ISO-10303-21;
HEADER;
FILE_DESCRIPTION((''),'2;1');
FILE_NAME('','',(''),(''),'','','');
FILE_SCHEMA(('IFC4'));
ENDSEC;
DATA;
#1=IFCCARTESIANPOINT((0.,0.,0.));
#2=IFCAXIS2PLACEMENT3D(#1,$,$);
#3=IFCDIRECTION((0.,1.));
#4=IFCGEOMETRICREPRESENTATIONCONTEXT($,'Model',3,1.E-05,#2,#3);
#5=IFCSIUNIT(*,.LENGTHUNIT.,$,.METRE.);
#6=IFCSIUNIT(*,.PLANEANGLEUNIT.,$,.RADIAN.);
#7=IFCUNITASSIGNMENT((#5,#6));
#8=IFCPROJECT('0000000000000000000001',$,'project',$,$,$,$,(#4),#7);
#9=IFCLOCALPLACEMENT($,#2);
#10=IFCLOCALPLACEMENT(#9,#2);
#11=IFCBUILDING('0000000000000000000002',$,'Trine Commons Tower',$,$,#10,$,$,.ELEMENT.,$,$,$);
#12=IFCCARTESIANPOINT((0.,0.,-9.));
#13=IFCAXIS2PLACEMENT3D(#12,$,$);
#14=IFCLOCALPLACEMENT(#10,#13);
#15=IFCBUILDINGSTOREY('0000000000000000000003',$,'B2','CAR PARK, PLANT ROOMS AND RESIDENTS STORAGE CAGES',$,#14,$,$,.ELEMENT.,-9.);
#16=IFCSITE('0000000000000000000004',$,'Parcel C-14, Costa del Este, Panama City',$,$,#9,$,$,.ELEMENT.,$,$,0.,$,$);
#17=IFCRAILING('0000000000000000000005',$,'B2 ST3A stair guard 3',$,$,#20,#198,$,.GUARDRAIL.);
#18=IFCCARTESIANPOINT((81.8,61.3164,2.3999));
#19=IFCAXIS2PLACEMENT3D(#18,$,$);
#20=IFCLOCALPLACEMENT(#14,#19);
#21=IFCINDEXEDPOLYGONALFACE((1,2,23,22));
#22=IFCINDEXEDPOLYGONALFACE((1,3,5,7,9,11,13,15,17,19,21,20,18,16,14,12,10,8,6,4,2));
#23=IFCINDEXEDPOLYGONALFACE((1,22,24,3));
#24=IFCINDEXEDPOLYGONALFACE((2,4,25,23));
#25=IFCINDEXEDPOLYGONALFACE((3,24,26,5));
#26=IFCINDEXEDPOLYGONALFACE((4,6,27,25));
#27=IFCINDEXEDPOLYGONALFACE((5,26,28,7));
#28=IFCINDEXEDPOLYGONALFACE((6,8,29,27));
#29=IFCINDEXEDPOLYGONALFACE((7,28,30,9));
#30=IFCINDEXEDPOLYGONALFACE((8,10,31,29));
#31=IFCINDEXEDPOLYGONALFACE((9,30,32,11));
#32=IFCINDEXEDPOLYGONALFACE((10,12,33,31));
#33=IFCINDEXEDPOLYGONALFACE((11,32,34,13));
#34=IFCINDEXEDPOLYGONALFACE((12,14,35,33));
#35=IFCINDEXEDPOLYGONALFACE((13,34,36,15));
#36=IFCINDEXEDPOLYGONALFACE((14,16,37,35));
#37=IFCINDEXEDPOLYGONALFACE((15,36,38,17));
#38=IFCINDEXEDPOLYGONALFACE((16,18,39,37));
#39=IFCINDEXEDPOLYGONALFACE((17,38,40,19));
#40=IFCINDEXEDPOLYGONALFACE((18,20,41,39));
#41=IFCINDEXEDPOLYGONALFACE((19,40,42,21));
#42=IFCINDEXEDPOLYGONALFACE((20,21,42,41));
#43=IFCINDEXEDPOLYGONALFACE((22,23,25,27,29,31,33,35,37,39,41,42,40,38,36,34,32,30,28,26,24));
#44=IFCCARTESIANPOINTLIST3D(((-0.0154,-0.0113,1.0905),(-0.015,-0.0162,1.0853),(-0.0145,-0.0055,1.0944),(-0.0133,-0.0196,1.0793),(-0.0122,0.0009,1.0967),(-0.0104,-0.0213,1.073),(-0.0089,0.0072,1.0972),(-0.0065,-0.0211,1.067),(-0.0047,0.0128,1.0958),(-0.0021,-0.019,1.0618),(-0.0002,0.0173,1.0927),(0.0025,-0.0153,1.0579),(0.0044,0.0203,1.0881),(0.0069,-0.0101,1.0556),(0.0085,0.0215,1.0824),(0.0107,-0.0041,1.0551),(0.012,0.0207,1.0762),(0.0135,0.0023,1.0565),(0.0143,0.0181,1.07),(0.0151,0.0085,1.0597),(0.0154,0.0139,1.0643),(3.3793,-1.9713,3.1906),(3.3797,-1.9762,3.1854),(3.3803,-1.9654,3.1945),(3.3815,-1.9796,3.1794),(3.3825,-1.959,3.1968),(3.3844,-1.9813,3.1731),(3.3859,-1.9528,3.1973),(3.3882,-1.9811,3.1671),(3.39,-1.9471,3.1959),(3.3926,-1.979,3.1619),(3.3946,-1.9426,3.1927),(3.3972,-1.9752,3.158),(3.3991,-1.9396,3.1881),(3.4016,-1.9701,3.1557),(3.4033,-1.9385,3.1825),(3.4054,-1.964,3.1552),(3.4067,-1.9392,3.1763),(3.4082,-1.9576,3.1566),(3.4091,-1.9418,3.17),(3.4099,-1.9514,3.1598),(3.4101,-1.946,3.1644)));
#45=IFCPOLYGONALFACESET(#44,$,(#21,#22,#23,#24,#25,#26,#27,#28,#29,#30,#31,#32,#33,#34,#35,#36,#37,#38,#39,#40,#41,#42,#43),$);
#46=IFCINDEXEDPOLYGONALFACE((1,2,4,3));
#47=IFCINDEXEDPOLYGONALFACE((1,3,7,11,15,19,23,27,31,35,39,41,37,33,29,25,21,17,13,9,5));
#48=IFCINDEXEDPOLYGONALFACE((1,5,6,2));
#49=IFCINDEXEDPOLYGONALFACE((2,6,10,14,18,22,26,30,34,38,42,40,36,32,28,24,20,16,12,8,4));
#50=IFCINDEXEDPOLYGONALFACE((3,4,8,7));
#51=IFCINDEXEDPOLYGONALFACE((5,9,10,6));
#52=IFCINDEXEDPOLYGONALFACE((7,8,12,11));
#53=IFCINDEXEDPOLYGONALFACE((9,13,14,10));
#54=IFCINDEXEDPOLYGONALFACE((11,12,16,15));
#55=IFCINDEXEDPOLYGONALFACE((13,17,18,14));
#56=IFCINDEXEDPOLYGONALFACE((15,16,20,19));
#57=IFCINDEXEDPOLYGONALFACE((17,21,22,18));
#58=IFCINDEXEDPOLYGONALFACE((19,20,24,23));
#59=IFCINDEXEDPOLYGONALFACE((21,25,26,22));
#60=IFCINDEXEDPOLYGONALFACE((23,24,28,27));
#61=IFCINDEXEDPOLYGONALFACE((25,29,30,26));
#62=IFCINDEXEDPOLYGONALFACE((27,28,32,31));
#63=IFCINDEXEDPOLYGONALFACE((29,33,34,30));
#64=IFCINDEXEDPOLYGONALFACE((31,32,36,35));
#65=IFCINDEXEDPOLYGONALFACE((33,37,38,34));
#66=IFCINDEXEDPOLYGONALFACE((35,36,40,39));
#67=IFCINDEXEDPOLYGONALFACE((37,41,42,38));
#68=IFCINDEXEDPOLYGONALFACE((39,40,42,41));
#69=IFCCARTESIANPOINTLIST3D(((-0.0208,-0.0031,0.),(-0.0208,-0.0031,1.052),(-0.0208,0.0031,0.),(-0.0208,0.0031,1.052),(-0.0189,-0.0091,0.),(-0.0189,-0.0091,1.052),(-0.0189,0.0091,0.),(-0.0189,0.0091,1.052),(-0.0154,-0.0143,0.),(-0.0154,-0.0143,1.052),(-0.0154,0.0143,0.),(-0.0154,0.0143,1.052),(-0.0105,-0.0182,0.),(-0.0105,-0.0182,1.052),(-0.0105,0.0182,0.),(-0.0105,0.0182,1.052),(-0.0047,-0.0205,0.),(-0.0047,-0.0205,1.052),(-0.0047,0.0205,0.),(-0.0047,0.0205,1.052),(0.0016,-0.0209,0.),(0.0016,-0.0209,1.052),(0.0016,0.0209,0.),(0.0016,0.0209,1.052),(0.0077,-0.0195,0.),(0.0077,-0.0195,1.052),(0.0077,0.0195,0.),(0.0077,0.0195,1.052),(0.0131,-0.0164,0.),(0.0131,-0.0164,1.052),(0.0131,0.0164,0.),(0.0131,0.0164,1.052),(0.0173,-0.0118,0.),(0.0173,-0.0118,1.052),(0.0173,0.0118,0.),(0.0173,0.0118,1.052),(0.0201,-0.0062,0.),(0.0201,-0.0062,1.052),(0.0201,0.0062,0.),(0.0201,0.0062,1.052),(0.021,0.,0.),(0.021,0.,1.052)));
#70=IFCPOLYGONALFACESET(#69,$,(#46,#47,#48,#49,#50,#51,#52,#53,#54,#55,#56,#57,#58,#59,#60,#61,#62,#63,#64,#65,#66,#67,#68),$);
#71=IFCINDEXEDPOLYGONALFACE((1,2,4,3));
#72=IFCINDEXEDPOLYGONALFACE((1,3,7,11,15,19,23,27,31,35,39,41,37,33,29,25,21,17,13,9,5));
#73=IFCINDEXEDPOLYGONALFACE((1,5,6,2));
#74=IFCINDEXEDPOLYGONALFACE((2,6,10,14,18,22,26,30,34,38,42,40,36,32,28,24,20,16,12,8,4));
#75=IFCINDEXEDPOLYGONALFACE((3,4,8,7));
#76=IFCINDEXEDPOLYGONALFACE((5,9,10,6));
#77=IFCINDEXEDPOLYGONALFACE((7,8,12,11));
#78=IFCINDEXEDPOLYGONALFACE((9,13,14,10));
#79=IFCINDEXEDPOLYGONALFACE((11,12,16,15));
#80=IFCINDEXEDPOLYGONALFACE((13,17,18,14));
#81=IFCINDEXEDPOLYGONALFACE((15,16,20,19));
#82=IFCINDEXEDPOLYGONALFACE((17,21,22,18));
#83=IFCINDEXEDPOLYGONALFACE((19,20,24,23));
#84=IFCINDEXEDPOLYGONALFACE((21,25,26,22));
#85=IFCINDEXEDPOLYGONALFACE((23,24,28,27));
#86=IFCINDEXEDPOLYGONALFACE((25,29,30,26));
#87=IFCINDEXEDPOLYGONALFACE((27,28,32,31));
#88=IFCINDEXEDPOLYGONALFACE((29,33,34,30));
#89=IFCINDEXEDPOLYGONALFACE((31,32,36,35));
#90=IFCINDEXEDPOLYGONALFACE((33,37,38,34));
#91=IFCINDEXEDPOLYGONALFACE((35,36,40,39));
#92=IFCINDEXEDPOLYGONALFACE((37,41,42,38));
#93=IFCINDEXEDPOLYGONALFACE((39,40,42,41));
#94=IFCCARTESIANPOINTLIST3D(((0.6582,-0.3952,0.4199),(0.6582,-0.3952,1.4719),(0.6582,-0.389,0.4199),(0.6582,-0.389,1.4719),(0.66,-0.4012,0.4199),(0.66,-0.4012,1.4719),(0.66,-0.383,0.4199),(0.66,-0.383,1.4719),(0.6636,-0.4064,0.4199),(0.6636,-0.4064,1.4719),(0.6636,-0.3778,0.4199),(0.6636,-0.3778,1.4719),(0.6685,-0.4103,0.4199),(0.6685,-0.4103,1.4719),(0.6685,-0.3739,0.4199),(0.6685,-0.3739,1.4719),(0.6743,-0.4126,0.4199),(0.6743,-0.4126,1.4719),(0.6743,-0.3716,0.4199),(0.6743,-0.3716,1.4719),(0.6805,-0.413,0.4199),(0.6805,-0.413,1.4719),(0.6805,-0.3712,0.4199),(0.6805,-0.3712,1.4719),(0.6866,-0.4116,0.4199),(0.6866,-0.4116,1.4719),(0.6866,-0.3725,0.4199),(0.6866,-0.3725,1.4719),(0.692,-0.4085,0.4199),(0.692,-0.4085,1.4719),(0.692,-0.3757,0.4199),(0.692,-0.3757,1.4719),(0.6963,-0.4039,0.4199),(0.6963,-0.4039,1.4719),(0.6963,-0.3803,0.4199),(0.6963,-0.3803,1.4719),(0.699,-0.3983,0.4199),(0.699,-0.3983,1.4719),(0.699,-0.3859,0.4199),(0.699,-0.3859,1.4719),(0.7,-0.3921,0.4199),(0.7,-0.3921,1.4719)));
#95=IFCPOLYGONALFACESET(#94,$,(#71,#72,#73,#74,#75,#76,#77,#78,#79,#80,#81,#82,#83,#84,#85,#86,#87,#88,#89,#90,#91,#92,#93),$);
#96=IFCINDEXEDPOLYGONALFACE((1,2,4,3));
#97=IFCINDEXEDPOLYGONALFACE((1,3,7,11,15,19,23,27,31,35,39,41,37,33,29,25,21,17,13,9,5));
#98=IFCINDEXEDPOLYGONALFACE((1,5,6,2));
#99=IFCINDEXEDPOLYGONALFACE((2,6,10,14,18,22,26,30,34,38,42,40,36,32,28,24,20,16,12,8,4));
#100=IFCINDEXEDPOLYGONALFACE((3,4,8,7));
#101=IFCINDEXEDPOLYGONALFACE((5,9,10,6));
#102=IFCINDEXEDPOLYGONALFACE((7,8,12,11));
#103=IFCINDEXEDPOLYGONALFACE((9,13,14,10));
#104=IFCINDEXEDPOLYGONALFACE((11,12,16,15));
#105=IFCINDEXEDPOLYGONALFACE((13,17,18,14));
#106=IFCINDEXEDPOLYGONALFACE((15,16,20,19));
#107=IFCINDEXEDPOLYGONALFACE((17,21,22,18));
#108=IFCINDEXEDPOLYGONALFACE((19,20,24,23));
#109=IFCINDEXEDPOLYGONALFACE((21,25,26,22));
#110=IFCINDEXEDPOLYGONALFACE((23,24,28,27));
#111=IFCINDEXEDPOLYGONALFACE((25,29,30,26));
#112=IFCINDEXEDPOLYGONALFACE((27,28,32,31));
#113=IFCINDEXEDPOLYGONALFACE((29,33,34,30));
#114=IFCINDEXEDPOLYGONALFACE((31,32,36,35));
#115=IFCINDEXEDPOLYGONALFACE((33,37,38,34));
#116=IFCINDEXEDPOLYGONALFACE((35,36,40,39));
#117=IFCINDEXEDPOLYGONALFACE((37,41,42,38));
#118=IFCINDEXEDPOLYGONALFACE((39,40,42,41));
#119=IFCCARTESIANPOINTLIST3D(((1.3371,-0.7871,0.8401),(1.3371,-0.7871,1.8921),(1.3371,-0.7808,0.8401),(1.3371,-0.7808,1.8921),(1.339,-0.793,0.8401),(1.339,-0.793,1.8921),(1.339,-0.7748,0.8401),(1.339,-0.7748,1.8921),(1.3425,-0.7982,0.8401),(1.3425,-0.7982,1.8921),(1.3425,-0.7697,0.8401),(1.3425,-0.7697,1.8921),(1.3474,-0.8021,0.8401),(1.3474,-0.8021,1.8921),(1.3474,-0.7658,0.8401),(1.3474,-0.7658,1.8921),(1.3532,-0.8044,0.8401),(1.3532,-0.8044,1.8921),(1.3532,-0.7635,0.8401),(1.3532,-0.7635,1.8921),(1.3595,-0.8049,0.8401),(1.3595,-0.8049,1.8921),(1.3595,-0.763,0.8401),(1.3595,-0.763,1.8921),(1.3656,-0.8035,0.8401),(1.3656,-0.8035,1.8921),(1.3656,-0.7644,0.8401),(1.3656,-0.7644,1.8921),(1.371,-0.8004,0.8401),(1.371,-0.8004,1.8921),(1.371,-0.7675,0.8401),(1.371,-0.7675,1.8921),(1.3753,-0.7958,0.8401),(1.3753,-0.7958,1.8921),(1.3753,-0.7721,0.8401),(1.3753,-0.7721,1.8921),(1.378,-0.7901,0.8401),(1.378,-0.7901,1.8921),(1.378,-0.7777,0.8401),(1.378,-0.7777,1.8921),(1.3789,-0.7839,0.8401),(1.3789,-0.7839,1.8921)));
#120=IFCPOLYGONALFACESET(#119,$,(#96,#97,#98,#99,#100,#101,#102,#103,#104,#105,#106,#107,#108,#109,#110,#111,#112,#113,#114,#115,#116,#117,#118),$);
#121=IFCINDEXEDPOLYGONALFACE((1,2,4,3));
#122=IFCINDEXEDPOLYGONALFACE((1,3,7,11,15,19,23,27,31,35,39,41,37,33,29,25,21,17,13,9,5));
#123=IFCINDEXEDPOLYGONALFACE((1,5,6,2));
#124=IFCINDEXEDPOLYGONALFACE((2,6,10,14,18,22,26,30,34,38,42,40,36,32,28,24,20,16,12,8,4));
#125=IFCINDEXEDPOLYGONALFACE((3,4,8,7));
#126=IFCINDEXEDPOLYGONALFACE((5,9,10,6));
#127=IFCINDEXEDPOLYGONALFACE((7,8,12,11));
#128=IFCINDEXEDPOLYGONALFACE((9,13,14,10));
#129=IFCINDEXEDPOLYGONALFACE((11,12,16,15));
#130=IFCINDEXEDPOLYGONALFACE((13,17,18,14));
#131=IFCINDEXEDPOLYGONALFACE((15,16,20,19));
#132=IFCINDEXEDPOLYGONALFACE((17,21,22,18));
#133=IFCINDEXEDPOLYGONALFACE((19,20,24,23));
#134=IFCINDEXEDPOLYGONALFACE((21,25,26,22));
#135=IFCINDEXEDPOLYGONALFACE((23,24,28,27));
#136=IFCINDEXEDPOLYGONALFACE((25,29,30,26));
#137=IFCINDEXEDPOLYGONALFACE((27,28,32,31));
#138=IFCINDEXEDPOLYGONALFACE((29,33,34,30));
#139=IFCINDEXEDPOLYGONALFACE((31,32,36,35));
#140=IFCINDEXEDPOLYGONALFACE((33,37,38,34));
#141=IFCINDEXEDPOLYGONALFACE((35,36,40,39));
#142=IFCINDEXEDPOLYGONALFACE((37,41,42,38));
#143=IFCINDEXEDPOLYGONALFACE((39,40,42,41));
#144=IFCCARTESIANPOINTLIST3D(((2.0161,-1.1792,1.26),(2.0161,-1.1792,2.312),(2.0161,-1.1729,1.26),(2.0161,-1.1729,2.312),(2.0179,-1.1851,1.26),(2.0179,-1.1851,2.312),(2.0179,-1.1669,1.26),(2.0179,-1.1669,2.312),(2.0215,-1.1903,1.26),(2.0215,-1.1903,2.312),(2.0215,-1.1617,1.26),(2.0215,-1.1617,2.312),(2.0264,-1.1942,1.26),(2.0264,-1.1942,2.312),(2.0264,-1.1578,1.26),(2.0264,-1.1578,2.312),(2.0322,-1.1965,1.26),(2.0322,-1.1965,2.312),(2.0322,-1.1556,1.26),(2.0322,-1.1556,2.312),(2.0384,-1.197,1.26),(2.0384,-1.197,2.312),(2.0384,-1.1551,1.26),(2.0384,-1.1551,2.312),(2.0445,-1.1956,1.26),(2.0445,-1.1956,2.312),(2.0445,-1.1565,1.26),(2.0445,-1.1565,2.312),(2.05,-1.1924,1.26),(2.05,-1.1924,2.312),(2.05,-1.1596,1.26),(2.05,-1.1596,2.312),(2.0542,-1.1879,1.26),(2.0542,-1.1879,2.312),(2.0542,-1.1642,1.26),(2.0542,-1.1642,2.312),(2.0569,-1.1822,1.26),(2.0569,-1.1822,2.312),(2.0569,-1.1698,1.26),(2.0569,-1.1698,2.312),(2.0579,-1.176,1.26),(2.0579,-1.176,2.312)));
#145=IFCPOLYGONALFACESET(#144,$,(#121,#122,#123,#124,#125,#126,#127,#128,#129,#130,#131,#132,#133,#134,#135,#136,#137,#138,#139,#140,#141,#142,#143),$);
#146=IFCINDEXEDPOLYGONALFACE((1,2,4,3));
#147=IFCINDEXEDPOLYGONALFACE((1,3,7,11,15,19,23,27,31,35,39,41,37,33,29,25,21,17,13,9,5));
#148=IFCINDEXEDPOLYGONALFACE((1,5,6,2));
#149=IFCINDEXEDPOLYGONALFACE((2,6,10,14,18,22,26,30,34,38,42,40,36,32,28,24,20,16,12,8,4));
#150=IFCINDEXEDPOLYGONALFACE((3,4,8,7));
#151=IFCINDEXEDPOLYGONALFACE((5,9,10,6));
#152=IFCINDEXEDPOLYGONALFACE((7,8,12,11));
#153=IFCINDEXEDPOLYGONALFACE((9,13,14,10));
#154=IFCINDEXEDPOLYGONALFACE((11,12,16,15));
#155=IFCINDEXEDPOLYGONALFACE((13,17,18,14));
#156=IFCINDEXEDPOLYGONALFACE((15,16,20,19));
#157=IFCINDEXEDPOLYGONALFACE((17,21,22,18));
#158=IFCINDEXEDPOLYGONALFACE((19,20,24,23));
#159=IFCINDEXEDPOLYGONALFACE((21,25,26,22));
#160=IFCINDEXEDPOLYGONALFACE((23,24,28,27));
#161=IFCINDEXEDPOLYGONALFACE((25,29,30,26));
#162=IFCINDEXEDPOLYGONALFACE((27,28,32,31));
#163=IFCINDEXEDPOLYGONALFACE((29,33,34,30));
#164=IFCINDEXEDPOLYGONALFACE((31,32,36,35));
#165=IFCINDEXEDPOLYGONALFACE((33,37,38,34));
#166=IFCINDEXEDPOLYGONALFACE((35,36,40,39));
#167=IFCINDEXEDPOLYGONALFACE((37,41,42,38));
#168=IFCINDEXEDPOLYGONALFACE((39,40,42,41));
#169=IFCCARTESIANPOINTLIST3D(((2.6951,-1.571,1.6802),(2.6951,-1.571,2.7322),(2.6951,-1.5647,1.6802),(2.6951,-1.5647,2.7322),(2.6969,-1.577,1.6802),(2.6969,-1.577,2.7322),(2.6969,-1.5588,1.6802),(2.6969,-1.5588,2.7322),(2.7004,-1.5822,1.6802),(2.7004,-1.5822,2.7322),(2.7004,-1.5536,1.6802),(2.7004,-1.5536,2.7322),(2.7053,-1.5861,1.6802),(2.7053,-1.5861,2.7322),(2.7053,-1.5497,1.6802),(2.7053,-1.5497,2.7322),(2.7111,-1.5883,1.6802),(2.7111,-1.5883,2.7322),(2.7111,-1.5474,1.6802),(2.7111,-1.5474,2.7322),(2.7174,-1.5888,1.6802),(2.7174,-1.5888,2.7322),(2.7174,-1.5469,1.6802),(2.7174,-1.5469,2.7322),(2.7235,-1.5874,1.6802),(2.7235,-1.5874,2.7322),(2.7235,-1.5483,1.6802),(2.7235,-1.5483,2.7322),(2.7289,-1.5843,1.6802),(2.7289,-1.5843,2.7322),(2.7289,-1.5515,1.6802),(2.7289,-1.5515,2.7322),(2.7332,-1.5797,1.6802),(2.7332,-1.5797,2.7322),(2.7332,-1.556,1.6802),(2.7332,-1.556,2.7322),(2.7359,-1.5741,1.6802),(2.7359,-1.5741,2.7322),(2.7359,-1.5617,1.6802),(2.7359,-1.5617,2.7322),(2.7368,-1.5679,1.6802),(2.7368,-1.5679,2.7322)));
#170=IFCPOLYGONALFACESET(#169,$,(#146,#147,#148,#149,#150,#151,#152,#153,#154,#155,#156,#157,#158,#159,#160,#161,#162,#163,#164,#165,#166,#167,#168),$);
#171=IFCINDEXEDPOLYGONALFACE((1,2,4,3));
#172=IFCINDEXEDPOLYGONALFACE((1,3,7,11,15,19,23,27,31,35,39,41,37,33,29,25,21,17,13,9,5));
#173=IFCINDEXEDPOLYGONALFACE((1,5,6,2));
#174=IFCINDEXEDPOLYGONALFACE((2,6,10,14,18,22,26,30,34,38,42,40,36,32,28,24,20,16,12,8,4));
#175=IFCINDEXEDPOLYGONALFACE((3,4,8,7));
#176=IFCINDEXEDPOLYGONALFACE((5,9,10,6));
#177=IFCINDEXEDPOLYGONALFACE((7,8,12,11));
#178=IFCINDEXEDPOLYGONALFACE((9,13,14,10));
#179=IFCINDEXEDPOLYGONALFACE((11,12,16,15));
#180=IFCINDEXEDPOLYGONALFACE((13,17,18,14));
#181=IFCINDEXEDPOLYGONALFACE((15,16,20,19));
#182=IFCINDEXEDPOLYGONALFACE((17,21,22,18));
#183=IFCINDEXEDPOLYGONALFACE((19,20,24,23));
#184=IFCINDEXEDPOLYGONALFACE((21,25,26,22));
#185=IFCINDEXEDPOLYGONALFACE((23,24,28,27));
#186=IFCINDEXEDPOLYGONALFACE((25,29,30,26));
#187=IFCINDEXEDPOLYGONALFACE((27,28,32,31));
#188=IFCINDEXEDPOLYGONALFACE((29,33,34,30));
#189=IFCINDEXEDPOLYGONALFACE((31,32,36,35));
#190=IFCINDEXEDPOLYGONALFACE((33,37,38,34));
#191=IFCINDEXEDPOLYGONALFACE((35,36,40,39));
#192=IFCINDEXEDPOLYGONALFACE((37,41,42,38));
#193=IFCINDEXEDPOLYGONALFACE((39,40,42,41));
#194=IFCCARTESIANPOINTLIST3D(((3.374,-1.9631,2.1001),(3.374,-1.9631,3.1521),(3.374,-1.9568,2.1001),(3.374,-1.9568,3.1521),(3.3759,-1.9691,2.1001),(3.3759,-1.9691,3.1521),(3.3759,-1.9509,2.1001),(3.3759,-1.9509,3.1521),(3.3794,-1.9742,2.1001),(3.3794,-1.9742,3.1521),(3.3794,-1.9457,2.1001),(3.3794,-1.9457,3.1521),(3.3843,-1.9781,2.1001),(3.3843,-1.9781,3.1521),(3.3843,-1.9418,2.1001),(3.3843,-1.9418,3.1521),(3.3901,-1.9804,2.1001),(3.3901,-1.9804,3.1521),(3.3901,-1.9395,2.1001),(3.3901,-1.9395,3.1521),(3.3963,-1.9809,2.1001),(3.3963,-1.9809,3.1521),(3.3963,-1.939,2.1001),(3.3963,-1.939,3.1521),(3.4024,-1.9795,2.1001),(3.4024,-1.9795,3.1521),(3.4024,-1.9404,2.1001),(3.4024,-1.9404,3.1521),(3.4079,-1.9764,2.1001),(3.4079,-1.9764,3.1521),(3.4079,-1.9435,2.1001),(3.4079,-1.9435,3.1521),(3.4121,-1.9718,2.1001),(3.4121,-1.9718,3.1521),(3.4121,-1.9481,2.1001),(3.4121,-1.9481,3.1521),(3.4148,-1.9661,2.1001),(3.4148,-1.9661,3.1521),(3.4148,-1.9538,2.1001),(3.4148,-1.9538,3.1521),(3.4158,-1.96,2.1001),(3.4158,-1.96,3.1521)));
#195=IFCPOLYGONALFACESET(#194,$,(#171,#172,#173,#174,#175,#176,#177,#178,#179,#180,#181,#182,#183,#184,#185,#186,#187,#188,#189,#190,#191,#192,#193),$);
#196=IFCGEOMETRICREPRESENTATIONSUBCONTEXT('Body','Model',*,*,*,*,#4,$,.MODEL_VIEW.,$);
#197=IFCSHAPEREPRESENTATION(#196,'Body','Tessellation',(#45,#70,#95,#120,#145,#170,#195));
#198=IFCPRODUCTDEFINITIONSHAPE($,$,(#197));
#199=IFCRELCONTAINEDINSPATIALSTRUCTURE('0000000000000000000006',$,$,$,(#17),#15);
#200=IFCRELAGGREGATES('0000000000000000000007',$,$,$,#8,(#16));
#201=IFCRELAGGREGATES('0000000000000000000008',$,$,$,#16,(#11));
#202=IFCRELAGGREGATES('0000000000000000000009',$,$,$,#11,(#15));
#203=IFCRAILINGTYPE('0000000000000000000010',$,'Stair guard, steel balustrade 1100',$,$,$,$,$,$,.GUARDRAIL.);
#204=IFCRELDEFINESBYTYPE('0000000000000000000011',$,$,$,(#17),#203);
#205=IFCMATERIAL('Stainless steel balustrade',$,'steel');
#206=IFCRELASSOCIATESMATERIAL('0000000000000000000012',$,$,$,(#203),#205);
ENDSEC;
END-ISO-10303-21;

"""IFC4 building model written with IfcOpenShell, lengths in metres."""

from ifc_helpers import new_model, si_unit, direction, frame, origin, origin_2d, place, context, subcontext, project, spatial, circle, extrude, material, type_object, element, save


model = new_model("IFC4")

# Units and contexts
model_context = context("Model", 3, precision=1e-05, world=origin(), true_north=direction((0.0, 1.0)))
body_context = subcontext(model_context, "Body", "Model", "MODEL_VIEW")
ifc_project = project(units=[si_unit("LENGTHUNIT", "METRE"), si_unit("PLANEANGLEUNIT", "RADIAN")], contexts=[model_context])

# Site, building, storey
site_placement = place(None, origin())
site = spatial("IfcSite", under=ifc_project, at=site_placement, Name="Parcel C-14, Costa del Este, Panama City", CompositionType="ELEMENT", RefElevation=0.0)
building_placement = place(site_placement, origin())
building = spatial("IfcBuilding", under=site, at=building_placement, Name="Trine Commons Tower", CompositionType="ELEMENT")
storey_placement = place(building_placement, frame((0.0, 0.0, -9.0)))
storey = spatial("IfcBuildingStorey", under=building, at=storey_placement, Name="B2", Description="CAR PARK, PLANT ROOMS AND RESIDENTS STORAGE CAGES", CompositionType="ELEMENT", Elevation=-9.0)

# Railing
ifc_material_1 = material(Name="Stainless steel balustrade", Category="steel")
railing_type_1 = type_object("IfcRailingType", Name="Stair guard, steel balustrade 1100", PredefinedType="GUARDRAIL", material=ifc_material_1)
railing_1_placement = place(storey_placement, frame((81.8, 61.3164, 2.3999)))
element("IfcRailing", 1, at=railing_1_placement, inside=storey, type_object=railing_type_1, Name="B2 ST3A stair guard 3", PredefinedType="GUARDRAIL", context=body_context, shape_type="SweptSolid", body=[
    extrude(circle(Radius=0.0239, at=origin_2d()), frame((0.0, 0.0, 1.0762), z_axis=(0.763375, -0.440732, 0.472244), x_axis=(0.499997, 0.866027, 0.0)), (0.0, 0.0, 1.0), 4.447),
    extrude(circle(Radius=0.021, at=origin_2d()), origin(), (0.0, 0.0, 1.0), 1.052),
    extrude(circle(Radius=0.021, at=origin_2d()), frame((0.679, -0.3921, 0.4199)), (0.0, 0.0, 1.0), 1.052),
    extrude(circle(Radius=0.021, at=origin_2d()), frame((1.3579, -0.7839, 0.8401)), (0.0, 0.0, 1.0), 1.052),
    extrude(circle(Radius=0.021, at=origin_2d()), frame((2.0369, -1.176, 1.26)), (0.0, 0.0, 1.0), 1.052),
    extrude(circle(Radius=0.021, at=origin_2d()), frame((2.7158, -1.5679, 1.6802)), (0.0, 0.0, 1.0), 1.052),
    extrude(circle(Radius=0.021, at=origin_2d()), frame((3.3948, -1.96, 2.1001)), (0.0, 0.0, 1.0), 1.052),
])

save(model, "model.ifc")
